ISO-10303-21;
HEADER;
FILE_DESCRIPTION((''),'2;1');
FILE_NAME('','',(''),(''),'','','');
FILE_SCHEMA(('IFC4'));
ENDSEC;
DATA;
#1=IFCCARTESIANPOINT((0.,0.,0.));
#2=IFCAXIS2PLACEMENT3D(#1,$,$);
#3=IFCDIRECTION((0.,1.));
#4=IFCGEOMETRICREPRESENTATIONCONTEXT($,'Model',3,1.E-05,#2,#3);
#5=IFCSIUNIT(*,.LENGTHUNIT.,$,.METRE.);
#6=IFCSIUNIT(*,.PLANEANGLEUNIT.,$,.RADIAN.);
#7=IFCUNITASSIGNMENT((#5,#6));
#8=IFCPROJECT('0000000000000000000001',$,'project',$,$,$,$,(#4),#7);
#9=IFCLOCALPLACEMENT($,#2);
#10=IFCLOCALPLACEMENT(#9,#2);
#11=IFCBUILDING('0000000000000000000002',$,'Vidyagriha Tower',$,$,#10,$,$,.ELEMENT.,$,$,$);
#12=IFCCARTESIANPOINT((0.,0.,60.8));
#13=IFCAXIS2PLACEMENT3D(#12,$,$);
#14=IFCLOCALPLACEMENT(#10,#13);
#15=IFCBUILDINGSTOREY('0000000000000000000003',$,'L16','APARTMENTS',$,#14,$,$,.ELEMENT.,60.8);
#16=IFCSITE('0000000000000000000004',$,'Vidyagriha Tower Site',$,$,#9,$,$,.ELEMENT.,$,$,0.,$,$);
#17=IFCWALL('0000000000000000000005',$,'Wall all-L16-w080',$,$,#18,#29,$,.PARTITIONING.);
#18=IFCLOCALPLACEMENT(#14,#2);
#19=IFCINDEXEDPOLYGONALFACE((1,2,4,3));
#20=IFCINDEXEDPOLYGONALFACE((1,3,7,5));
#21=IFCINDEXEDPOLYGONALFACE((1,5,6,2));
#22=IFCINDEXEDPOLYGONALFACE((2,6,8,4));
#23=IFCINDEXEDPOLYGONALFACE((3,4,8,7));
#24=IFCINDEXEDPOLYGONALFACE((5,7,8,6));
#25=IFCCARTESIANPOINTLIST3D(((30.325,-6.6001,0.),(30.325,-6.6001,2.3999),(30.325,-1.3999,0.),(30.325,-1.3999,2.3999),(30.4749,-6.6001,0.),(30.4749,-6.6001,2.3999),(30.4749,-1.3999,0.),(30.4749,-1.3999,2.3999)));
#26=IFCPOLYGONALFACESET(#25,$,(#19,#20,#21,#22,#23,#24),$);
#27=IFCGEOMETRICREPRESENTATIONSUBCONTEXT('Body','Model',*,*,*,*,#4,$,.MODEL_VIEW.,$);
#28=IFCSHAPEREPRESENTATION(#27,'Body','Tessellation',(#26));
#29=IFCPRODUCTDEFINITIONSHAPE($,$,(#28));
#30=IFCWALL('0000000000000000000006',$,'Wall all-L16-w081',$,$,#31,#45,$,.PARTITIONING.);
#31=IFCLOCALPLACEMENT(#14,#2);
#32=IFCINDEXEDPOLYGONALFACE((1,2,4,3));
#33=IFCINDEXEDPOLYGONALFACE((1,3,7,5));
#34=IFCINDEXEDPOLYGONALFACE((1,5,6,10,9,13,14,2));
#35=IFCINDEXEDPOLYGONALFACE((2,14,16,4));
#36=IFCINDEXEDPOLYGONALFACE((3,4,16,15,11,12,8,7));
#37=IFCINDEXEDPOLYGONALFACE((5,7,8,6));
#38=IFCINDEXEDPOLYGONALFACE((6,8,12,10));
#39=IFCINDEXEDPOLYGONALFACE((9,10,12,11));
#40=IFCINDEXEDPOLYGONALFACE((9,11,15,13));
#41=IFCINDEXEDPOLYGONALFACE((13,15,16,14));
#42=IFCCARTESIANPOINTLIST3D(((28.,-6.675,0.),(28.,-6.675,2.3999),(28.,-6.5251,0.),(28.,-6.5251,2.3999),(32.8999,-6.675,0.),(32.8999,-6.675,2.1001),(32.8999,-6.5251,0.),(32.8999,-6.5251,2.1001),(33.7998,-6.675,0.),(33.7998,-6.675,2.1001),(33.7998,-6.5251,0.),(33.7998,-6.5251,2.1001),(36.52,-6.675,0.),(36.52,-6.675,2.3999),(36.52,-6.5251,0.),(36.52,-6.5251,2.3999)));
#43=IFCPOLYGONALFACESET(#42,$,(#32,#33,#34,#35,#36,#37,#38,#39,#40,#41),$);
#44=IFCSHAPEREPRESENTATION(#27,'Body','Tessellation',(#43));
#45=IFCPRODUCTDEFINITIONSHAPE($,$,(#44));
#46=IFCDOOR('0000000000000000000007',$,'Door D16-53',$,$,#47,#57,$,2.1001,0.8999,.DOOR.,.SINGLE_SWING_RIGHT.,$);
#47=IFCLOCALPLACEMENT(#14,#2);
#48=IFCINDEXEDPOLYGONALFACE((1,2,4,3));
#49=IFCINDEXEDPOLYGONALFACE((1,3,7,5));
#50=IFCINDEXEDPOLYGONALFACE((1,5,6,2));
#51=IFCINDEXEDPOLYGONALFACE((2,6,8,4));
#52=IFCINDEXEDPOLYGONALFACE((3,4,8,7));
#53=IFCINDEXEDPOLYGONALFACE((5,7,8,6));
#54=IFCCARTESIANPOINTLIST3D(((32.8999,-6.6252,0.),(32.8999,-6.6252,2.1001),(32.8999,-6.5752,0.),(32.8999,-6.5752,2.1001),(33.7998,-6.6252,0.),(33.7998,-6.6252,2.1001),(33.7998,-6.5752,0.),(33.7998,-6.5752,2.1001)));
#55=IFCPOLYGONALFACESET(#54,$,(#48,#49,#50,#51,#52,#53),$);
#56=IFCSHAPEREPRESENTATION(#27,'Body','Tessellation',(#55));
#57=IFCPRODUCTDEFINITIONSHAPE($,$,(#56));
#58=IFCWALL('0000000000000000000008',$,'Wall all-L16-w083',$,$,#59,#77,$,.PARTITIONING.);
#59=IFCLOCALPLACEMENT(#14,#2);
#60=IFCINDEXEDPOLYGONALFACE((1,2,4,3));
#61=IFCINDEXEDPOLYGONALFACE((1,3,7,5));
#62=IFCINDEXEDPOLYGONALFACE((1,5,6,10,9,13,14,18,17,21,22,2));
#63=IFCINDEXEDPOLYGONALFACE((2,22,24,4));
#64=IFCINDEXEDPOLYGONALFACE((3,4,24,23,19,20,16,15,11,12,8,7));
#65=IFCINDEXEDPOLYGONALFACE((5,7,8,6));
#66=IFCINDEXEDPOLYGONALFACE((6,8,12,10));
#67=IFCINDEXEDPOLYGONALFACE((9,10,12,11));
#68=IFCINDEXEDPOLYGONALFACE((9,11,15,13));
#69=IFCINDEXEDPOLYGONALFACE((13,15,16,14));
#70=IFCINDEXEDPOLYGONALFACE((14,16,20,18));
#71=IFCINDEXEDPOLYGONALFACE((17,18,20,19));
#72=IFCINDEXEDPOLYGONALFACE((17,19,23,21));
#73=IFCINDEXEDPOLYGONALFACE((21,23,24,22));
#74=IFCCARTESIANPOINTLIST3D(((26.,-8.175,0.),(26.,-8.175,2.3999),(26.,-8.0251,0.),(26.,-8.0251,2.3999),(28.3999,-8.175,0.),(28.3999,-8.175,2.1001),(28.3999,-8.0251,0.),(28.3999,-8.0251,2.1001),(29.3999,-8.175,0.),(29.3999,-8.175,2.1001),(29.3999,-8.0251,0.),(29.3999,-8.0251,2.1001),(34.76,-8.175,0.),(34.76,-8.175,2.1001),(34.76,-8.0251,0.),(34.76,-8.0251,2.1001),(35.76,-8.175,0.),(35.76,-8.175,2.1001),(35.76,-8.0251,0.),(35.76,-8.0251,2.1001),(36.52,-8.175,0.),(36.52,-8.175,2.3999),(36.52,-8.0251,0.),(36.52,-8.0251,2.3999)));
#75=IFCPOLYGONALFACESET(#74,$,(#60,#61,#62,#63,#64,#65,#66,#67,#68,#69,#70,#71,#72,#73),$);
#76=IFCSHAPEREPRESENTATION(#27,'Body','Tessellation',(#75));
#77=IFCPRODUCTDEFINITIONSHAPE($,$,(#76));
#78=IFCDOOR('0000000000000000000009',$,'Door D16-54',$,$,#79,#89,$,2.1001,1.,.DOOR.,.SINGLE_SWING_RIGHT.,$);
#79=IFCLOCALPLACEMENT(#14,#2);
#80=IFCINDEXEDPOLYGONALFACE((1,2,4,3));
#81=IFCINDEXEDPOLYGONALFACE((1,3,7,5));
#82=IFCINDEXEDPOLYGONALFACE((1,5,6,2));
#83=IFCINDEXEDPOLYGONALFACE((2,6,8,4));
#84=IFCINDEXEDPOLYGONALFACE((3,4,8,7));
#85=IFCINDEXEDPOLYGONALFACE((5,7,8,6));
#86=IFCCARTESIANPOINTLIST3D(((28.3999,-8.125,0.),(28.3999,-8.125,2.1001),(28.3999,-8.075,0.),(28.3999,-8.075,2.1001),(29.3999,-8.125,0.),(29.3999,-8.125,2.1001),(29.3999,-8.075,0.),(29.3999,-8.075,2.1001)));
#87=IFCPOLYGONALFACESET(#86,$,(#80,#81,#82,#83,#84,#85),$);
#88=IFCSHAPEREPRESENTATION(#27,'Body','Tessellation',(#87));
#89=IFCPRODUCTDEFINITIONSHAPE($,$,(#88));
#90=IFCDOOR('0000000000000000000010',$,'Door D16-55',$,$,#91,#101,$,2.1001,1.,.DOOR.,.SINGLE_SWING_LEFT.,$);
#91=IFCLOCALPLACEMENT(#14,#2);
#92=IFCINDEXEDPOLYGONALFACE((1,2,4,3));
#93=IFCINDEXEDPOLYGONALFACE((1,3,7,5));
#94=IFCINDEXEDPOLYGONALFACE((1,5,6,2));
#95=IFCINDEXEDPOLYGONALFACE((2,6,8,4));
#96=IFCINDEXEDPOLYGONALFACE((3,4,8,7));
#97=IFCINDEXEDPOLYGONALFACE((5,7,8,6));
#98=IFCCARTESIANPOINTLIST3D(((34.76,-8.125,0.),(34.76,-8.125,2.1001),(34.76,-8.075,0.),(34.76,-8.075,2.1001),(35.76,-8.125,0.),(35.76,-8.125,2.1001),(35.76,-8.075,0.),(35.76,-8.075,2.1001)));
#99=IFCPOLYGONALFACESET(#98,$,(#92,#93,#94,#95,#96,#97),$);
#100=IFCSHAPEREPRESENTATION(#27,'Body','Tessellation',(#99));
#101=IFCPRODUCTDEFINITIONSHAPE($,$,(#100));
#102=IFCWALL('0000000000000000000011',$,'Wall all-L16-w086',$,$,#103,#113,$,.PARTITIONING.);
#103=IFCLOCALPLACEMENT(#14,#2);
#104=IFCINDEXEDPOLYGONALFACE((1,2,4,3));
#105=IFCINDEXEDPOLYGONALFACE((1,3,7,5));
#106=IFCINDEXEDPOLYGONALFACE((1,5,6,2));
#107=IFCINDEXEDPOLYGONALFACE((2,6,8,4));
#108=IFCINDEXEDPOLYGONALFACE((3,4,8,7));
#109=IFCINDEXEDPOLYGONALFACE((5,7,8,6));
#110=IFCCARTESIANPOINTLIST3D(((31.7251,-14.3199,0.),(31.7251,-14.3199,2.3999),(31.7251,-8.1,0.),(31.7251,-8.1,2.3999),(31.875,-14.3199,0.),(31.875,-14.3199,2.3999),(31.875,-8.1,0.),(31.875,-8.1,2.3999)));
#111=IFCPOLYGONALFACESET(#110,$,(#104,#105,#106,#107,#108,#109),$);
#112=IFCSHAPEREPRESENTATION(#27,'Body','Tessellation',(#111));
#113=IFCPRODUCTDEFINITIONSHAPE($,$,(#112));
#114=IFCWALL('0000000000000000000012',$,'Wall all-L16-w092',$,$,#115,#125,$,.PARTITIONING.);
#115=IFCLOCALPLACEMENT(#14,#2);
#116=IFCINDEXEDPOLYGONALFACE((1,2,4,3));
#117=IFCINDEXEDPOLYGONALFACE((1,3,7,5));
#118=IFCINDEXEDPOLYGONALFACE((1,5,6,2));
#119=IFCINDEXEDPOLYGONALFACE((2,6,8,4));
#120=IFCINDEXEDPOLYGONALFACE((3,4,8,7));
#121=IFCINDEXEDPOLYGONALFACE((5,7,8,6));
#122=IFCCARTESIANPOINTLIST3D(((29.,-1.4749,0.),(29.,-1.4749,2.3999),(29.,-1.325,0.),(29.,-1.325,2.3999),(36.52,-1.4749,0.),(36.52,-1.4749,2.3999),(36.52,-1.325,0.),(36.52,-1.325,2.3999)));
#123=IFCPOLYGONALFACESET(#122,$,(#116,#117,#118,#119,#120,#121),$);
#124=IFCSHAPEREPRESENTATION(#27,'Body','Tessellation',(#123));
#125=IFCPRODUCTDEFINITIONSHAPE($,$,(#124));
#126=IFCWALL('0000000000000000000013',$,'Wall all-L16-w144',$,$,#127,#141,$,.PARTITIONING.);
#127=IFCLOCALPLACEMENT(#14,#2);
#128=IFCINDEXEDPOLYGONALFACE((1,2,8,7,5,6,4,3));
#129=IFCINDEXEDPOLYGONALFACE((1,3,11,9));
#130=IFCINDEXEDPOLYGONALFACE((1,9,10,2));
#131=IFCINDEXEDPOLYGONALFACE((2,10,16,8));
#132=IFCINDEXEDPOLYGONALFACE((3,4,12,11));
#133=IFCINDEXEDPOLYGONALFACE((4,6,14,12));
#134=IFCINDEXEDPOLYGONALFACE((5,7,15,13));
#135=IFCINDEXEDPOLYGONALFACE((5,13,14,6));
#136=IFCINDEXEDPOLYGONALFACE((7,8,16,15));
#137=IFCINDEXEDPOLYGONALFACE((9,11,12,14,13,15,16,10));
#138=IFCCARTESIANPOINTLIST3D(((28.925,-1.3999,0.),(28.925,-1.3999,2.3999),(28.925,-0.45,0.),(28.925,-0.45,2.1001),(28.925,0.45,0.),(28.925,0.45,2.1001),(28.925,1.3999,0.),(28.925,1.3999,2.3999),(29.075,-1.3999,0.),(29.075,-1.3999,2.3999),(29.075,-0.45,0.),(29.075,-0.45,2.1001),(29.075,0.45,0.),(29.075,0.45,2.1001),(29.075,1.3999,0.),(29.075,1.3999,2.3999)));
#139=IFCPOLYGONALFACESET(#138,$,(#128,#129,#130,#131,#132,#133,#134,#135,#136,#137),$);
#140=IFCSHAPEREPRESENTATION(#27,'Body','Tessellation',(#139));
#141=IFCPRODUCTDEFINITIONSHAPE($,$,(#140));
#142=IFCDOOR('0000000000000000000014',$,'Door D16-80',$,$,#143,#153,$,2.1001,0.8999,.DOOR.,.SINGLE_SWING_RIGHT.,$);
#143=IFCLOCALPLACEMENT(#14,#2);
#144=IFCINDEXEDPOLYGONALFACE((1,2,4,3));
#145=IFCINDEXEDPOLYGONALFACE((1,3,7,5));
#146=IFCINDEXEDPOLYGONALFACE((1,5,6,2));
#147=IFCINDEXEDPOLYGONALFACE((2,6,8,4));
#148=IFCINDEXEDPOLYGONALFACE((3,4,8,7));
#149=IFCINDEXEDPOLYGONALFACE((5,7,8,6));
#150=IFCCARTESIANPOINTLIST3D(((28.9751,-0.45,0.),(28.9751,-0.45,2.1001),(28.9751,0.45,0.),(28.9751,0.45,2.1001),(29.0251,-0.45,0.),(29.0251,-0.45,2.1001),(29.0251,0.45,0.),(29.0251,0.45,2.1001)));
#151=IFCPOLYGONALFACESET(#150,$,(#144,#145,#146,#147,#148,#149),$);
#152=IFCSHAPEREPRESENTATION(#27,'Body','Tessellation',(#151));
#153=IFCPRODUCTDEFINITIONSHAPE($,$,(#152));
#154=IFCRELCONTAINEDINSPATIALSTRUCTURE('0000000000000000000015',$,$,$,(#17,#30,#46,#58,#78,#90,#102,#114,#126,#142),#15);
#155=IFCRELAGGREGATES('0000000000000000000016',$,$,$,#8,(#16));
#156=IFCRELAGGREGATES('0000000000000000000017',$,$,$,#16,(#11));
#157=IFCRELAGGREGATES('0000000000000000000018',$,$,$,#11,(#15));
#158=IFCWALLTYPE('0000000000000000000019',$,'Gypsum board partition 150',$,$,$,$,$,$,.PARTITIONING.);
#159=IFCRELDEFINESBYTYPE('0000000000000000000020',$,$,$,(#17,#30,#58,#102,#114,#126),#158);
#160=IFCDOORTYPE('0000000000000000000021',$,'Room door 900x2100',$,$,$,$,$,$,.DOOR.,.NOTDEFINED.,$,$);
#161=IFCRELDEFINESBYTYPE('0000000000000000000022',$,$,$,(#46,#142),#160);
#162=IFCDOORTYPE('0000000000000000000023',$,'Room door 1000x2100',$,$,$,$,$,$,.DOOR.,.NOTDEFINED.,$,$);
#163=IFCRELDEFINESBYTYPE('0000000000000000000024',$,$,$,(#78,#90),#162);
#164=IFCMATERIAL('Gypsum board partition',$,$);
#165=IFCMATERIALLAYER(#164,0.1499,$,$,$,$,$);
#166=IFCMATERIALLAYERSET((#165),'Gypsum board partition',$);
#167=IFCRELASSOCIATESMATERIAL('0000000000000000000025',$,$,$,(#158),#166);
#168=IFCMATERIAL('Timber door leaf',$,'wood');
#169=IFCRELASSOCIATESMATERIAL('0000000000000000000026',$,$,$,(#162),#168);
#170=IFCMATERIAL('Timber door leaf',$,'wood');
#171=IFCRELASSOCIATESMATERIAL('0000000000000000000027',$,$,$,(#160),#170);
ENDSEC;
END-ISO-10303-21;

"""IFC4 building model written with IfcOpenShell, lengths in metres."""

from ifc_helpers import new_model, si_unit, direction, frame, frame_2d, origin, place, context, subcontext, project, spatial, rectangle, extrude, material, layer, layer_set, type_object, element, fill, save


model = new_model("IFC4")

# Units and contexts
model_context = context("Model", 3, precision=1e-05, world=origin(), true_north=direction((0.0, 1.0)))
body_context = subcontext(model_context, "Body", "Model", "MODEL_VIEW")
ifc_project = project(units=[si_unit("LENGTHUNIT", "METRE"), si_unit("PLANEANGLEUNIT", "RADIAN")], contexts=[model_context])

# Site, building, storey
site_placement = place(None, origin())
site = spatial("IfcSite", under=ifc_project, at=site_placement, Name="Vidyagriha Tower Site", CompositionType="ELEMENT", RefElevation=0.0)
building_placement = place(site_placement, origin())
building = spatial("IfcBuilding", under=site, at=building_placement, Name="Vidyagriha Tower", CompositionType="ELEMENT")
storey_placement = place(building_placement, frame((0.0, 0.0, 60.8)))
storey = spatial("IfcBuildingStorey", under=building, at=storey_placement, Name="L16", Description="APARTMENTS", CompositionType="ELEMENT", Elevation=60.8)

# Shared definitions
ifc_material_1 = material(Name="Gypsum board partition")
ifc_layer_1 = layer(ifc_material_1, 0.1499)
ifc_layer_set_1 = layer_set([ifc_layer_1], Name="Gypsum board partition")
wall_type_1 = type_object("IfcWallType", Name="Gypsum board partition 150", PredefinedType="PARTITIONING", material=ifc_layer_set_1)
ifc_material_2 = material(Name="Timber door leaf", Category="wood")
door_type_1 = type_object("IfcDoorType", Name="Room door 1000x2100", OperationType="NOTDEFINED", PredefinedType="DOOR", material=ifc_material_2)
ifc_material_3 = material(Name="Timber door leaf", Category="wood")
door_type_2 = type_object("IfcDoorType", Name="Room door 900x2100", OperationType="NOTDEFINED", PredefinedType="DOOR", material=ifc_material_3)

# Wall
wall_1_placement = place(storey_placement, frame((30.3999, -1.3999, 0.0), z_axis=(0.0, 0.0, 1.0), x_axis=(0.0, -1.0, 0.0)))
element("IfcWall", 1, at=wall_1_placement, inside=storey, type_object=wall_type_1, Name="Wall all-L16-w080", PredefinedType="PARTITIONING", context=body_context, shape_type="SweptSolid", body=[
    extrude(rectangle(XDim=5.2002, YDim=0.1499, at=frame_2d((2.6001, 0.0))), origin(), (0.0, 0.0, 1.0), 2.3999),
])

# Wall, opening, door
wall_2_placement = place(storey_placement, frame((28.0, -6.6001, 0.0)))
wall_2 = element("IfcWall", 2, at=wall_2_placement, inside=storey, type_object=wall_type_1, Name="Wall all-L16-w081", PredefinedType="PARTITIONING", context=body_context, shape_type="SweptSolid", body=[
    extrude(rectangle(XDim=8.52, YDim=0.1499, at=frame_2d((4.26, 0.0))), origin(), (0.0, 0.0, 1.0), 2.3999),
])
opening_1_placement = place(wall_2_placement, frame((4.8999, 0.0, 0.0)))
opening_1 = element("IfcOpeningElement", 3, at=opening_1_placement, cuts=wall_2, PredefinedType="OPENING", context=body_context, shape_type="SweptSolid", body=[
    extrude(rectangle(XDim=0.8999, YDim=2.1001, at=frame_2d((0.45, 1.05))), frame((0.0, 0.085, 0.0), z_axis=(0.0, -1.0, 0.0), x_axis=(1.0, 0.0, 0.0)), (0.0, 0.0, 1.0), 0.1699),
])
door_1_placement = place(opening_1_placement, origin())
door_1 = element("IfcDoor", 4, at=door_1_placement, inside=storey, type_object=door_type_2, Name="Door D16-53", OperationType="SINGLE_SWING_RIGHT", OverallHeight=2.1001, OverallWidth=0.8999, PredefinedType="DOOR", context=body_context, shape_type="SweptSolid", body=[
    extrude(rectangle(XDim=0.8999, YDim=2.1001, at=frame_2d((0.45, 1.05))), frame((0.0, 0.0249, 0.0), z_axis=(0.0, -1.0, 0.0), x_axis=(1.0, 0.0, 0.0)), (0.0, 0.0, 1.0), 0.05),
])
fill(opening_1, door_1)

# Wall, openings, doors
wall_3_placement = place(storey_placement, frame((36.52, -8.1001, 0.0), z_axis=(0.0, 0.0, 1.0), x_axis=(-1.0, 0.0, 0.0)))
wall_3 = element("IfcWall", 5, at=wall_3_placement, inside=storey, type_object=wall_type_1, Name="Wall all-L16-w083", PredefinedType="PARTITIONING", context=body_context, shape_type="SweptSolid", body=[
    extrude(rectangle(XDim=10.52, YDim=0.1499, at=frame_2d((5.26, 0.0))), origin(), (0.0, 0.0, 1.0), 2.3999),
])
opening_2_placement = place(wall_3_placement, frame((7.1201, 0.0, 0.0)))
opening_2 = element("IfcOpeningElement", 6, at=opening_2_placement, cuts=wall_3, PredefinedType="OPENING", context=body_context, shape_type="SweptSolid", body=[
    extrude(rectangle(XDim=1.0, YDim=2.1001, at=frame_2d((0.5, 1.05))), frame((0.0, 0.085, 0.0), z_axis=(0.0, -1.0, 0.0), x_axis=(1.0, 0.0, 0.0)), (0.0, 0.0, 1.0), 0.1699),
])
opening_3_placement = place(wall_3_placement, frame((0.76, 0.0, 0.0)))
opening_3 = element("IfcOpeningElement", 7, at=opening_3_placement, cuts=wall_3, PredefinedType="OPENING", context=body_context, shape_type="SweptSolid", body=[
    extrude(rectangle(XDim=1.0, YDim=2.1001, at=frame_2d((0.5, 1.05))), frame((0.0, 0.085, 0.0), z_axis=(0.0, -1.0, 0.0), x_axis=(1.0, 0.0, 0.0)), (0.0, 0.0, 1.0), 0.1699),
])
door_2_placement = place(opening_2_placement, origin())
door_2 = element("IfcDoor", 8, at=door_2_placement, inside=storey, type_object=door_type_1, Name="Door D16-54", OperationType="SINGLE_SWING_RIGHT", OverallHeight=2.1001, OverallWidth=1.0, PredefinedType="DOOR", context=body_context, shape_type="SweptSolid", body=[
    extrude(rectangle(XDim=1.0, YDim=2.1001, at=frame_2d((0.5, 1.05))), frame((0.0, 0.0249, 0.0), z_axis=(0.0, -1.0, 0.0), x_axis=(1.0, 0.0, 0.0)), (0.0, 0.0, 1.0), 0.05),
])
fill(opening_2, door_2)
door_3_placement = place(opening_3_placement, origin())
door_3 = element("IfcDoor", 9, at=door_3_placement, inside=storey, type_object=door_type_1, Name="Door D16-55", OperationType="SINGLE_SWING_LEFT", OverallHeight=2.1001, OverallWidth=1.0, PredefinedType="DOOR", context=body_context, shape_type="SweptSolid", body=[
    extrude(rectangle(XDim=1.0, YDim=2.1001, at=frame_2d((0.5, 1.05))), frame((0.0, 0.0249, 0.0), z_axis=(0.0, -1.0, 0.0), x_axis=(1.0, 0.0, 0.0)), (0.0, 0.0, 1.0), 0.05),
])
fill(opening_3, door_3)

# Walls
wall_4_placement = place(storey_placement, frame((31.8, -8.1001, 0.0), z_axis=(0.0, 0.0, 1.0), x_axis=(0.0, -1.0, 0.0)))
element("IfcWall", 10, at=wall_4_placement, inside=storey, type_object=wall_type_1, Name="Wall all-L16-w086", PredefinedType="PARTITIONING", context=body_context, shape_type="SweptSolid", body=[
    extrude(rectangle(XDim=6.22, YDim=0.1499, at=frame_2d((3.1099, 0.0))), origin(), (0.0, 0.0, 1.0), 2.3999),
])
wall_5_placement = place(storey_placement, frame((36.52, -1.3999, 0.0), z_axis=(0.0, 0.0, 1.0), x_axis=(-1.0, 0.0, 0.0)))
element("IfcWall", 11, at=wall_5_placement, inside=storey, type_object=wall_type_1, Name="Wall all-L16-w092", PredefinedType="PARTITIONING", context=body_context, shape_type="SweptSolid", body=[
    extrude(rectangle(XDim=7.52, YDim=0.1499, at=frame_2d((3.76, 0.0))), origin(), (0.0, 0.0, 1.0), 2.3999),
])

# Wall, opening, door
wall_6_placement = place(storey_placement, frame((29.0, -1.3999, 0.0), z_axis=(0.0, 0.0, 1.0), x_axis=(0.0, 1.0, 0.0)))
wall_6 = element("IfcWall", 12, at=wall_6_placement, inside=storey, type_object=wall_type_1, Name="Wall all-L16-w144", PredefinedType="PARTITIONING", context=body_context, shape_type="SweptSolid", body=[
    extrude(rectangle(XDim=2.7998, YDim=0.1499, at=frame_2d((1.3999, 0.0))), origin(), (0.0, 0.0, 1.0), 2.3999),
])
opening_4_placement = place(wall_6_placement, frame((0.95, 0.0, 0.0)))
opening_4 = element("IfcOpeningElement", 13, at=opening_4_placement, cuts=wall_6, PredefinedType="OPENING", context=body_context, shape_type="SweptSolid", body=[
    extrude(rectangle(XDim=0.8999, YDim=2.1001, at=frame_2d((0.45, 1.05))), frame((0.0, 0.085, 0.0), z_axis=(0.0, -1.0, 0.0), x_axis=(1.0, 0.0, 0.0)), (0.0, 0.0, 1.0), 0.1699),
])
door_4_placement = place(opening_4_placement, origin())
door_4 = element("IfcDoor", 14, at=door_4_placement, inside=storey, type_object=door_type_2, Name="Door D16-80", OperationType="SINGLE_SWING_RIGHT", OverallHeight=2.1001, OverallWidth=0.8999, PredefinedType="DOOR", context=body_context, shape_type="SweptSolid", body=[
    extrude(rectangle(XDim=0.8999, YDim=2.1001, at=frame_2d((0.45, 1.05))), frame((0.0, 0.0249, 0.0), z_axis=(0.0, -1.0, 0.0), x_axis=(1.0, 0.0, 0.0)), (0.0, 0.0, 1.0), 0.05),
])
fill(opening_4, door_4)

save(model, "model.ifc")
